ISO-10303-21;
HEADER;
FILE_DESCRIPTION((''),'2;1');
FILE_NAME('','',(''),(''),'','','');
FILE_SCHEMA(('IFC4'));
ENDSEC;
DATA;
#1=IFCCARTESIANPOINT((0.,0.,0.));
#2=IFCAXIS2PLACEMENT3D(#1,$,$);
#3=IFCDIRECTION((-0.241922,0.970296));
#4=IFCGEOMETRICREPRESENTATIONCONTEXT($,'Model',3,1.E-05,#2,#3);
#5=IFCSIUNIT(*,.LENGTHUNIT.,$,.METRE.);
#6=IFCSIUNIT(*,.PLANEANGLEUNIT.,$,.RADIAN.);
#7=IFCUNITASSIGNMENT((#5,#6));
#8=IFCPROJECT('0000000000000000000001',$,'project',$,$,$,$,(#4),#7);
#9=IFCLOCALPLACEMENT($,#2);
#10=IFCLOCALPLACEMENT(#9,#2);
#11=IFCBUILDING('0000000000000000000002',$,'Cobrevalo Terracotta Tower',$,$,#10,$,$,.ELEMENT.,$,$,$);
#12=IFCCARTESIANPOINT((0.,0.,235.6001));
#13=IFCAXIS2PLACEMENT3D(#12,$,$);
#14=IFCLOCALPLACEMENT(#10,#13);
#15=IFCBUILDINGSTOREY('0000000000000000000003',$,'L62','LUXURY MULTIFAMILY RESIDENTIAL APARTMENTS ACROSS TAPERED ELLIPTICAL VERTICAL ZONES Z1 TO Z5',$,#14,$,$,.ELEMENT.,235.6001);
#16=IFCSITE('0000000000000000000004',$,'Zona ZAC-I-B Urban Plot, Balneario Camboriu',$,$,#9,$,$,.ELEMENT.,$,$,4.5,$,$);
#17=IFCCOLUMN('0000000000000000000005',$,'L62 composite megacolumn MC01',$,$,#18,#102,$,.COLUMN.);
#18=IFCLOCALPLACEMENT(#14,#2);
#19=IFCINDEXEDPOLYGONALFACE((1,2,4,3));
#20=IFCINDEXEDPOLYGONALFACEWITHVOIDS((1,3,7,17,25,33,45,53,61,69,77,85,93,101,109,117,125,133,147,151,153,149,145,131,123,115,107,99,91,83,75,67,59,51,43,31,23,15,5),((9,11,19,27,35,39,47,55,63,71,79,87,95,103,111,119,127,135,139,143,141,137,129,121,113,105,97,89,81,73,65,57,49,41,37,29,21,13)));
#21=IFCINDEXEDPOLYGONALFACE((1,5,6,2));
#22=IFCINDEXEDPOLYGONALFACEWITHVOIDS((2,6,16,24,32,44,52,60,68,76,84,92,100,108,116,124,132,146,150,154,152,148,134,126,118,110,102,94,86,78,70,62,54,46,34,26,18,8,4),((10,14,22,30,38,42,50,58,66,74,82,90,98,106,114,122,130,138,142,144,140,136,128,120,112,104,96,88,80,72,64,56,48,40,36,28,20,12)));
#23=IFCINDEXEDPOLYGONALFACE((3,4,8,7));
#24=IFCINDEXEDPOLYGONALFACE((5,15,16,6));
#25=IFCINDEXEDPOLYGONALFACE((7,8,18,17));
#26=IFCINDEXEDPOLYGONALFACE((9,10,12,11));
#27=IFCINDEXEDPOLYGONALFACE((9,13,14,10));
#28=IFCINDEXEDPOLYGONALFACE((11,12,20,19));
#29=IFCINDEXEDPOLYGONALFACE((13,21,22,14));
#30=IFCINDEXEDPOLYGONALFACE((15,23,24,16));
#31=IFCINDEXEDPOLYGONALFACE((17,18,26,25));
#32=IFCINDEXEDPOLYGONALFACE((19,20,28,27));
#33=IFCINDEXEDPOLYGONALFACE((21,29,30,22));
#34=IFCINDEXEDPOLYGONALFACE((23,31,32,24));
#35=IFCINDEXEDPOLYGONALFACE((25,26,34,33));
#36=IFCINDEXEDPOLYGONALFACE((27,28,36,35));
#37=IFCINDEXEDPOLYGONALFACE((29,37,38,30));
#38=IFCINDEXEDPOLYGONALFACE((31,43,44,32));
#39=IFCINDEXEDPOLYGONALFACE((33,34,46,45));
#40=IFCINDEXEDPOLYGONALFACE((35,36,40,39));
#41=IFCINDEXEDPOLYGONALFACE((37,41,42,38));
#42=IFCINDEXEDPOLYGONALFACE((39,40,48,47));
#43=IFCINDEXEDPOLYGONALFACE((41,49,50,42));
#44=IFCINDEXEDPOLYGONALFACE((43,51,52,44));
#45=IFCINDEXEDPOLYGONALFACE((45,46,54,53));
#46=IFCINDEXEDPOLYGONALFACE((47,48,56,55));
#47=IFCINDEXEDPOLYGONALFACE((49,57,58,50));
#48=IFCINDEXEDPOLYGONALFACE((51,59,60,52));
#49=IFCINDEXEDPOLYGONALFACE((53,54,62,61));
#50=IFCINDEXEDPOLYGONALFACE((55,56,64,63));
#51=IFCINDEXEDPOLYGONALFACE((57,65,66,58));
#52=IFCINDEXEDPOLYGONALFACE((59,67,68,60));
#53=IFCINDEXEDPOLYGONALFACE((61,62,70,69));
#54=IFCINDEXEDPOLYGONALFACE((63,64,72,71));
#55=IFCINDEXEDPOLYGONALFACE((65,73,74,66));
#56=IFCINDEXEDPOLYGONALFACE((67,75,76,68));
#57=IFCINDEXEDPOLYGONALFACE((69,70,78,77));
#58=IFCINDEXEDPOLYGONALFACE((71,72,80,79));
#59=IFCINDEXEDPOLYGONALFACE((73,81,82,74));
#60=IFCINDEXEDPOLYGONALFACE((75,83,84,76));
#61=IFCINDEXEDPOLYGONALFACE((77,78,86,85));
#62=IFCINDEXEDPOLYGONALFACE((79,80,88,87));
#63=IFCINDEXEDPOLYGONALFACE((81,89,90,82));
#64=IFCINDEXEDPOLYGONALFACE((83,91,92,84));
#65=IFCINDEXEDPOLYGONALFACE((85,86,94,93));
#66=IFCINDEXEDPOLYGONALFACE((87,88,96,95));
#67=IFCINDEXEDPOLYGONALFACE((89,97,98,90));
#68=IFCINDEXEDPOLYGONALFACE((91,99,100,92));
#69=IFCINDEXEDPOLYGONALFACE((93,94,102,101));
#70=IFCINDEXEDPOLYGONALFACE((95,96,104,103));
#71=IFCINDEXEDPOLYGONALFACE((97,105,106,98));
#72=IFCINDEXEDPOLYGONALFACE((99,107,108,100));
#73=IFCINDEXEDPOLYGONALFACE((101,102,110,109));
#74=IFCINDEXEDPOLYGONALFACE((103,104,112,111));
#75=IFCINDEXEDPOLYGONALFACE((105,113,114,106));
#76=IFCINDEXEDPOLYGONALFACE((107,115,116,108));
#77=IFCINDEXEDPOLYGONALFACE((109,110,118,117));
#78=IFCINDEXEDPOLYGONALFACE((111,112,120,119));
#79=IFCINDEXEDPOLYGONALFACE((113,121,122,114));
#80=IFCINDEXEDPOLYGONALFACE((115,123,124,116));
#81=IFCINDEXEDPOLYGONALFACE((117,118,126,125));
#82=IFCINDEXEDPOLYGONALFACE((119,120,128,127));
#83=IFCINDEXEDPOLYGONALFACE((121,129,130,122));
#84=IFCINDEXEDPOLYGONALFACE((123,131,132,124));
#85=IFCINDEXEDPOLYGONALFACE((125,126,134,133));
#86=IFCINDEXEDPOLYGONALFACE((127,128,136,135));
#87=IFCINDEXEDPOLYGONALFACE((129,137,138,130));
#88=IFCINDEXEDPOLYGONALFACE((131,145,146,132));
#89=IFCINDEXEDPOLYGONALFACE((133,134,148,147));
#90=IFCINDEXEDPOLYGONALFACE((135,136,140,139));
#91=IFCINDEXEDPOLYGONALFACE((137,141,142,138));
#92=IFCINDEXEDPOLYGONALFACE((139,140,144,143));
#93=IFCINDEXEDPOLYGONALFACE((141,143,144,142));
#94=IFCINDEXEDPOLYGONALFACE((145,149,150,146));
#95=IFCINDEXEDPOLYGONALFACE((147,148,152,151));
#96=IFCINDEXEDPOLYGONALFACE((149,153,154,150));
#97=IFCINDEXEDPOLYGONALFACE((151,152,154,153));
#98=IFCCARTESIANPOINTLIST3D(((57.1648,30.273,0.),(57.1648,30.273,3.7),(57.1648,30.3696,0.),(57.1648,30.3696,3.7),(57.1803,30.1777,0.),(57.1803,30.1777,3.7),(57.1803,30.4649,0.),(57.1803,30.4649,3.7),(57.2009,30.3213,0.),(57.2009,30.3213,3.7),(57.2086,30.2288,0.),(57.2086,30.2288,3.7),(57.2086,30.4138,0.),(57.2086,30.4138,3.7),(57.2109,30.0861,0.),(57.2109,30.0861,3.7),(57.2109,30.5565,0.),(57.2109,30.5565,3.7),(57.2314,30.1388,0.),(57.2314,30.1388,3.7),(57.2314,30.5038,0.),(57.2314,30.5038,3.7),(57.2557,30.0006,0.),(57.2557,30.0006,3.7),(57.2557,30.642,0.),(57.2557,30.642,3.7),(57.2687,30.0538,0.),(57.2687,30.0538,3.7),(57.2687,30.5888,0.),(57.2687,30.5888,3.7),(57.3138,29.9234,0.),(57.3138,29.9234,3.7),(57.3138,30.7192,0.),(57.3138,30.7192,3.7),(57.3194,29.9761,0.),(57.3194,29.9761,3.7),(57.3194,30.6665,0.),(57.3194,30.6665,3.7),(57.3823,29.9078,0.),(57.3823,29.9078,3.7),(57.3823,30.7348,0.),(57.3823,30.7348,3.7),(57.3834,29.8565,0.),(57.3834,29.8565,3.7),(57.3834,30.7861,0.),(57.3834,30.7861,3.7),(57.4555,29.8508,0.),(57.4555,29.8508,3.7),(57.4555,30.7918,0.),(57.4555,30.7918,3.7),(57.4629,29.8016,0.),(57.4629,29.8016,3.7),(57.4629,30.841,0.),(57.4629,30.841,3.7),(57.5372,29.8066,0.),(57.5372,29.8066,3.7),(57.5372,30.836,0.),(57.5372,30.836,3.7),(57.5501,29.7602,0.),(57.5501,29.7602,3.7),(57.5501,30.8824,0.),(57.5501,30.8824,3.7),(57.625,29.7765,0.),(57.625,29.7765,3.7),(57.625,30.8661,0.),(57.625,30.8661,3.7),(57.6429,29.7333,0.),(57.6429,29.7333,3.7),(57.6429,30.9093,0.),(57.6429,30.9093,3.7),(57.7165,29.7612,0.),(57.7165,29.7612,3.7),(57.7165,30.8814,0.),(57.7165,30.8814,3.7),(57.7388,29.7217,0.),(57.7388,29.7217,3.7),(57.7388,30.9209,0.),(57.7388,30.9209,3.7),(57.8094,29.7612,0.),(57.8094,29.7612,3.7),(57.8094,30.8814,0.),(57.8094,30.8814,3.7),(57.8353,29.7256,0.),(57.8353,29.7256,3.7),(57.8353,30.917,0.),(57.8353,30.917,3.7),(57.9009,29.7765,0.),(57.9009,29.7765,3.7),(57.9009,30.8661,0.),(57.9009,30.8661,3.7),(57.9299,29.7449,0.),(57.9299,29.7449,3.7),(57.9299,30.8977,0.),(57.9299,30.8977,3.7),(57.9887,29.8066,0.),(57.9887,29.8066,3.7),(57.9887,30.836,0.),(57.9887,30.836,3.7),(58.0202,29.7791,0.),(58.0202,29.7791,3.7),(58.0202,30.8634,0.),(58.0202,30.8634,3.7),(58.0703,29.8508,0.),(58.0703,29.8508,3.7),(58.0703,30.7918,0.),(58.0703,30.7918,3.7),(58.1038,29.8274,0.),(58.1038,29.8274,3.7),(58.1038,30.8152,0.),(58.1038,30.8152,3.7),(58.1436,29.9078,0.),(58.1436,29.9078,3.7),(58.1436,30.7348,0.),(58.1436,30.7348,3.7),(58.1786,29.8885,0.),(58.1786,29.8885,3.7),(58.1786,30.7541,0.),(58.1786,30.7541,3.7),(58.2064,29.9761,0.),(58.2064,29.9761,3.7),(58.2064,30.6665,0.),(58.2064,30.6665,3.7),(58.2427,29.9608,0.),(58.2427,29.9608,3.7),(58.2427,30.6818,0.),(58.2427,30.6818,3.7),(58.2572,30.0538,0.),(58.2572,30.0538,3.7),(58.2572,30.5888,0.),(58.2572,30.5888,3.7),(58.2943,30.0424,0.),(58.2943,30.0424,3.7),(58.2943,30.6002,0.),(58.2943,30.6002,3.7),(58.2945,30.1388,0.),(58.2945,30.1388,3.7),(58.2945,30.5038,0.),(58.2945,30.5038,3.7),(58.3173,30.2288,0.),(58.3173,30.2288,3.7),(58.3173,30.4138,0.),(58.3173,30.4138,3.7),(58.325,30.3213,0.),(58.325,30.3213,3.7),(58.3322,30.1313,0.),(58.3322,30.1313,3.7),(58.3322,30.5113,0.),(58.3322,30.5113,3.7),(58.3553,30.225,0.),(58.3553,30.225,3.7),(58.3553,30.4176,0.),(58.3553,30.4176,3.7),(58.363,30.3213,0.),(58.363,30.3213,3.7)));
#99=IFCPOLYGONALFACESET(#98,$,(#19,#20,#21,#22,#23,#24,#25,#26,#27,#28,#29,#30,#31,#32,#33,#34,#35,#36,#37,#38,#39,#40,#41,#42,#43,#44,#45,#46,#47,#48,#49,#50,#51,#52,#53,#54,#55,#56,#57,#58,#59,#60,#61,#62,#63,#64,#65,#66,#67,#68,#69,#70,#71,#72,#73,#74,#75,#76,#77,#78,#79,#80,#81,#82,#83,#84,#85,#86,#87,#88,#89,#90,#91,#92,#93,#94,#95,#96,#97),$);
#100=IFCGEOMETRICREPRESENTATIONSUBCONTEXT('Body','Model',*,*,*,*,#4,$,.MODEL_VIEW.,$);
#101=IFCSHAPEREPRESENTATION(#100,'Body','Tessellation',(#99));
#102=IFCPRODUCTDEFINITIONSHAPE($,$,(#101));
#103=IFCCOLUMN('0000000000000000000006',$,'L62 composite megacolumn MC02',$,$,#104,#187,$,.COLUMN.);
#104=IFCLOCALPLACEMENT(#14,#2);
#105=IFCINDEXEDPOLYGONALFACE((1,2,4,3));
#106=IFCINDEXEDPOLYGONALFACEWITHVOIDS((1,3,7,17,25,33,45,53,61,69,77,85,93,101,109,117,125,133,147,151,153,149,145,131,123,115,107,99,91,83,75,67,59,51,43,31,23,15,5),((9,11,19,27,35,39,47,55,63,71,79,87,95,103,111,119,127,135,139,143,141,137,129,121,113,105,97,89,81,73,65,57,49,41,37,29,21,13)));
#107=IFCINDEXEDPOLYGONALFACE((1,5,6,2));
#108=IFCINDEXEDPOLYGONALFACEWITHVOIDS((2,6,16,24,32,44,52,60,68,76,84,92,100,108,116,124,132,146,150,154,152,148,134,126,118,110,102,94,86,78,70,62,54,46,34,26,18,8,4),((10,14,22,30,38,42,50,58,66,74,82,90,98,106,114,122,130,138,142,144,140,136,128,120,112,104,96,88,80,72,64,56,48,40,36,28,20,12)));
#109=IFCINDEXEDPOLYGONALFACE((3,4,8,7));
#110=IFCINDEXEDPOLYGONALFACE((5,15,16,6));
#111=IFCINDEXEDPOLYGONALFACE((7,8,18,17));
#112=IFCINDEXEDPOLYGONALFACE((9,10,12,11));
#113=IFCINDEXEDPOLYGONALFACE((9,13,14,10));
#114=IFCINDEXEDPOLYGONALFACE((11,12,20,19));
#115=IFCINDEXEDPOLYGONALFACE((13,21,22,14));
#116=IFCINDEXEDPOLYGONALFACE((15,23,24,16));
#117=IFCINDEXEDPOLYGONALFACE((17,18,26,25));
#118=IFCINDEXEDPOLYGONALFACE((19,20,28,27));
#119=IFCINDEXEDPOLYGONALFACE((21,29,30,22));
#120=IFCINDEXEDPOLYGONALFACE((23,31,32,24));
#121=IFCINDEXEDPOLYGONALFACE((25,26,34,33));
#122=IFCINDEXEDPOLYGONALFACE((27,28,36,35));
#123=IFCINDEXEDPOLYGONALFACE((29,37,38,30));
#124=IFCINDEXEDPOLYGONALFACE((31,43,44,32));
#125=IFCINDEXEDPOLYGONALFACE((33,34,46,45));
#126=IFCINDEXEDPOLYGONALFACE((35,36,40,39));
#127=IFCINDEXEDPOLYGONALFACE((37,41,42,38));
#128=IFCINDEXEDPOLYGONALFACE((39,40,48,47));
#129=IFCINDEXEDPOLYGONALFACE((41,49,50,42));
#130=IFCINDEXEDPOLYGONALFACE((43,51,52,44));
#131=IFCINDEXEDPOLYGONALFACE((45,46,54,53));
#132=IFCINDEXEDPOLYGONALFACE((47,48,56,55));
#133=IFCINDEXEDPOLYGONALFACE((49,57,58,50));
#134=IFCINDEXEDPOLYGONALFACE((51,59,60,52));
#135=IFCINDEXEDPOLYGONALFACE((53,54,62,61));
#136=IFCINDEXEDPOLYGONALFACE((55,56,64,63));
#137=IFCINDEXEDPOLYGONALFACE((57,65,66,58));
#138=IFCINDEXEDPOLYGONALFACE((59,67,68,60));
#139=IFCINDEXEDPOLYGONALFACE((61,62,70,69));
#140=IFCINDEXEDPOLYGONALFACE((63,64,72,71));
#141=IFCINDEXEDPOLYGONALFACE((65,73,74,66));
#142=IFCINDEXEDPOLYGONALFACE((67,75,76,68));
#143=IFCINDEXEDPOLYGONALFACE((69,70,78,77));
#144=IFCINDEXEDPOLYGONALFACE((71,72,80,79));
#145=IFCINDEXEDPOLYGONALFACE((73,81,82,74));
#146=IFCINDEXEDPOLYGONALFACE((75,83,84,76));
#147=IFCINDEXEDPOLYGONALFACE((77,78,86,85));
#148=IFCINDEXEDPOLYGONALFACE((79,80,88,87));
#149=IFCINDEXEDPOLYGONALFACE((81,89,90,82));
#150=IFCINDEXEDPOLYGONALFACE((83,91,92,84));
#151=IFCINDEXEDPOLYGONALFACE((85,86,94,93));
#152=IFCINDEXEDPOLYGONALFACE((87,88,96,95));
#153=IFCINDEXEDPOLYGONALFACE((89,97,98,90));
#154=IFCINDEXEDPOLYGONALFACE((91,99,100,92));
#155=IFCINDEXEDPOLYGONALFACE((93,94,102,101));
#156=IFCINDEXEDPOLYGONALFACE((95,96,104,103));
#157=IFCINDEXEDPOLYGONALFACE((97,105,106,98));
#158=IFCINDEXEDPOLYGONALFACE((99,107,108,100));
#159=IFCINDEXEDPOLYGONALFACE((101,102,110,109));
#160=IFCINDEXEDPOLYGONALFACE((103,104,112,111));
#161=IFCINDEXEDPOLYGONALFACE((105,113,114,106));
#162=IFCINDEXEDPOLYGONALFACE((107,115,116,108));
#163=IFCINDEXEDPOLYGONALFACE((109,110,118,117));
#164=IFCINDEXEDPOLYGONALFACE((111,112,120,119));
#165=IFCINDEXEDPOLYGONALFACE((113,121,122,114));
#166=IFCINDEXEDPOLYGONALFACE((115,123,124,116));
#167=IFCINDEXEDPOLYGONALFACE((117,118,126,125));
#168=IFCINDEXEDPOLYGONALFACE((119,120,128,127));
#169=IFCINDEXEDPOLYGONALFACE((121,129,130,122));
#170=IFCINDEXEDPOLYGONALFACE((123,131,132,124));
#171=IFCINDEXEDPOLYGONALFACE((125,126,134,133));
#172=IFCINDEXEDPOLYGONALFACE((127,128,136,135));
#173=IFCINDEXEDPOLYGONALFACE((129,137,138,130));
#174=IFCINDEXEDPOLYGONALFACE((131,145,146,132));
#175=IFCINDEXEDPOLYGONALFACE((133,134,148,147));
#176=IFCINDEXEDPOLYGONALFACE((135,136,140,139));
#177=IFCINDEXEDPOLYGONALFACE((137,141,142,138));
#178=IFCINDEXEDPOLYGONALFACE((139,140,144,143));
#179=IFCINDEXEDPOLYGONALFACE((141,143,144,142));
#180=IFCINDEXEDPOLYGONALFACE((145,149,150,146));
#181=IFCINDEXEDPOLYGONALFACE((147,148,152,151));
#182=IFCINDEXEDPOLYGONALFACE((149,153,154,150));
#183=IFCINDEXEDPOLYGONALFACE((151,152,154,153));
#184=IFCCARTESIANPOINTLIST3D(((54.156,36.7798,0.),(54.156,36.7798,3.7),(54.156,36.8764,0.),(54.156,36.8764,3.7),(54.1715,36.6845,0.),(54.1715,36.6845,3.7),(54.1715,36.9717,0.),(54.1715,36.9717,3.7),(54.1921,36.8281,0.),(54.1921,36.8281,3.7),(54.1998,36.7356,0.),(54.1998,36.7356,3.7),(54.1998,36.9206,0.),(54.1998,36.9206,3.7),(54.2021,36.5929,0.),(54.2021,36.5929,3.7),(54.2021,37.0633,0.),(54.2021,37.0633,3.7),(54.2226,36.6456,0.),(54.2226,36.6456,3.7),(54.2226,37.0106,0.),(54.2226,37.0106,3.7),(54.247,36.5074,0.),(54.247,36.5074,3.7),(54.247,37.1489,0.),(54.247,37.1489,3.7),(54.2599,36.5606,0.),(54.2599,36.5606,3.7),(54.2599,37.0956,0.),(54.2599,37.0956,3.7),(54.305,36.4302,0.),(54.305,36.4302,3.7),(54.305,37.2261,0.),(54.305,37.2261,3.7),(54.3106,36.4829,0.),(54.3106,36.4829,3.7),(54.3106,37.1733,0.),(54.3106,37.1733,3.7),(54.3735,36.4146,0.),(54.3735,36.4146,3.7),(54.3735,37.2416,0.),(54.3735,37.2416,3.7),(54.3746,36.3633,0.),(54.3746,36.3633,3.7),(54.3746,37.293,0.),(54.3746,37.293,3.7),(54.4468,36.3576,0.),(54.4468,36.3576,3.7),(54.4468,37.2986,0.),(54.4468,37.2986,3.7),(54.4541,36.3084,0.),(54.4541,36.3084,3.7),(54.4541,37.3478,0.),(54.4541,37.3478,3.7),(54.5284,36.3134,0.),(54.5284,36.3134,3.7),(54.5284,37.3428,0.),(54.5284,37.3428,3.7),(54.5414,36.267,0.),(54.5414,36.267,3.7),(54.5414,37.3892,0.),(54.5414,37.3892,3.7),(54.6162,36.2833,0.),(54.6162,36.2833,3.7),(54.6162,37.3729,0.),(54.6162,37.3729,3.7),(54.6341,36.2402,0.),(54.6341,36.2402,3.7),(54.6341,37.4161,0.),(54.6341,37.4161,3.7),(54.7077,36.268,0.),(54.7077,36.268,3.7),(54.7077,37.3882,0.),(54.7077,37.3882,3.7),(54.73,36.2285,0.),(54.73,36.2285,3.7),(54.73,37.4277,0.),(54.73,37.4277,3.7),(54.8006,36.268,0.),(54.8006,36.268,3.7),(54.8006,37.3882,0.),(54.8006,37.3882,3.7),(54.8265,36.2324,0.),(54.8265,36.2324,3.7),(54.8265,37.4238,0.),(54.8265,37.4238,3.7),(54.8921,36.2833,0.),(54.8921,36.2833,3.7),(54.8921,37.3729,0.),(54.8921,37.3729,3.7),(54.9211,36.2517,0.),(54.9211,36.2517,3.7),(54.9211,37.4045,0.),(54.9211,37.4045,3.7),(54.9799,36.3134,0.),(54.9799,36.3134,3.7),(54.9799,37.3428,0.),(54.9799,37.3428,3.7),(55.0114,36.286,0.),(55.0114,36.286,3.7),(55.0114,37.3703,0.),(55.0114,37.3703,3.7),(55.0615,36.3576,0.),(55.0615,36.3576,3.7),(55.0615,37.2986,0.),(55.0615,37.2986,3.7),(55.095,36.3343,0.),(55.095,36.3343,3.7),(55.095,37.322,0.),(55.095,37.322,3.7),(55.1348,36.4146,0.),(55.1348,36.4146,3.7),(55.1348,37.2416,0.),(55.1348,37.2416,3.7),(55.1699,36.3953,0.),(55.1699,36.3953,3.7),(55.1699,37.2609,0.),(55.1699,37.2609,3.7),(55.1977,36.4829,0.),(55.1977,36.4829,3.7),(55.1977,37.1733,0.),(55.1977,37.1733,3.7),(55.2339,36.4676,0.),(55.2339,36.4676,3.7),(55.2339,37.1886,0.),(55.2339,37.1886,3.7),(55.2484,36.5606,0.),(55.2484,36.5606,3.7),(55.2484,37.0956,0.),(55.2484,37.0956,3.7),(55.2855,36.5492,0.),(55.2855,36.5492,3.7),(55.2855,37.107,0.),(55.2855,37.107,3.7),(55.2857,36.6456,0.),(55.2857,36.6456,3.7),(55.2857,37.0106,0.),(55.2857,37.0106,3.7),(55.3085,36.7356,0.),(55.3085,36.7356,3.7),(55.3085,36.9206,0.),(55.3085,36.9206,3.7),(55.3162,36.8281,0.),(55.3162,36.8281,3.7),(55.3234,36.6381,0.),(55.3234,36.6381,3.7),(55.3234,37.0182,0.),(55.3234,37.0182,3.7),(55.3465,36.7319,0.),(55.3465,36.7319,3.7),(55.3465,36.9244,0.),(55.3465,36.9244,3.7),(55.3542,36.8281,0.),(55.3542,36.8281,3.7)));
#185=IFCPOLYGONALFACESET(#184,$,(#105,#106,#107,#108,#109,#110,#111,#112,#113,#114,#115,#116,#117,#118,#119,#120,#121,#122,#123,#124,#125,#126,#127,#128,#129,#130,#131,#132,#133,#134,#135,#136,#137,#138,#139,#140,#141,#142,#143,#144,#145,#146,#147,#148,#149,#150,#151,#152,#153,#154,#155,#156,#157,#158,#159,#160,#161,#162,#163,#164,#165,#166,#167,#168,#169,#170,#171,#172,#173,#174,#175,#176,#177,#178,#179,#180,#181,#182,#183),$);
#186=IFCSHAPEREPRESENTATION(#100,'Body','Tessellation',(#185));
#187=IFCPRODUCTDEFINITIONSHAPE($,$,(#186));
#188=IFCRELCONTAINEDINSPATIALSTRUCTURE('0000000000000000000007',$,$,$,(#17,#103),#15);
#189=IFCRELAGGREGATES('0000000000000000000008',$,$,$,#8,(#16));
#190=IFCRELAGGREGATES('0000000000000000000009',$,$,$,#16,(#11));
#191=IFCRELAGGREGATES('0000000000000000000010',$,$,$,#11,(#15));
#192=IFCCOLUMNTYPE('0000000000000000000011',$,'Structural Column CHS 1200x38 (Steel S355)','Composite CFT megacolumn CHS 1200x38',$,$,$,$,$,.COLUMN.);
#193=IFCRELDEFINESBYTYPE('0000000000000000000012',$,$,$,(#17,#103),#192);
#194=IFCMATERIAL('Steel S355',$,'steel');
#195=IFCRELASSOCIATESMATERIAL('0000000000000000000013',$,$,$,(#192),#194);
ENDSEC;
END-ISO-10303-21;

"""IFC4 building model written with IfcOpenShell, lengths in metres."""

from ifc_helpers import new_model, si_unit, direction, frame, origin, origin_2d, place, context, subcontext, project, spatial, hollow_circle, extrude, material, material_profile, profile_set, type_object, element, save


model = new_model("IFC4")

# Units and contexts
model_context = context("Model", 3, precision=1e-05, world=origin(), true_north=direction((-0.241922, 0.970296)))
body_context = subcontext(model_context, "Body", "Model", "MODEL_VIEW")
ifc_project = project(units=[si_unit("LENGTHUNIT", "METRE"), si_unit("PLANEANGLEUNIT", "RADIAN")], contexts=[model_context])

# Site, building, storey
site_placement = place(None, origin())
site = spatial("IfcSite", under=ifc_project, at=site_placement, Name="Zona ZAC-I-B Urban Plot, Balneario Camboriu", CompositionType="ELEMENT", RefElevation=4.5)
building_placement = place(site_placement, origin())
building = spatial("IfcBuilding", under=site, at=building_placement, Name="Cobrevalo Terracotta Tower", CompositionType="ELEMENT")
storey_placement = place(building_placement, frame((0.0, 0.0, 235.6001)))
storey = spatial("IfcBuildingStorey", under=building, at=storey_placement, Name="L62", Description="LUXURY MULTIFAMILY RESIDENTIAL APARTMENTS ACROSS TAPERED ELLIPTICAL VERTICAL ZONES Z1 TO Z5", CompositionType="ELEMENT", Elevation=235.6001)

# Columns
ifc_material_1 = material(Name="Steel S355", Category="steel")
ifc_material_profile_1 = material_profile(ifc_material_1, hollow_circle(Radius=0.6001, WallThickness=0.0381, at=origin_2d()), Name="CHS 1200x38")
ifc_profile_set_1 = profile_set([ifc_material_profile_1], Name="Steel S355")
column_type = type_object("IfcColumnType", Name="Structural Column CHS 1200x38 (Steel S355)", Description="Composite CFT megacolumn CHS 1200x38", PredefinedType="COLUMN", material=ifc_profile_set_1)
for number, where, z_axis, x_axis, name in (
    (1, (57.7629, 30.3213, 0.0), (0.0, 0.0, 1.0), (1.0, 0.0, 0.0), "L62 composite megacolumn MC01"),
    (2, (54.7542, 36.8281, 0.0), (0.0, 0.0, 1.0), (1.0, 0.0, 0.0), "L62 composite megacolumn MC02"),
):
    element("IfcColumn", number, at=place(storey_placement, frame(where, z_axis=z_axis, x_axis=x_axis)), inside=storey, type_object=column_type, Name=name, PredefinedType="COLUMN", context=body_context, shape_type="SweptSolid", body=[
        extrude(hollow_circle(Radius=0.6001, WallThickness=0.0381, at=origin_2d()), origin(), (0.0, 0.0, 1.0), 3.7),
    ])

save(model, "model.ifc")
